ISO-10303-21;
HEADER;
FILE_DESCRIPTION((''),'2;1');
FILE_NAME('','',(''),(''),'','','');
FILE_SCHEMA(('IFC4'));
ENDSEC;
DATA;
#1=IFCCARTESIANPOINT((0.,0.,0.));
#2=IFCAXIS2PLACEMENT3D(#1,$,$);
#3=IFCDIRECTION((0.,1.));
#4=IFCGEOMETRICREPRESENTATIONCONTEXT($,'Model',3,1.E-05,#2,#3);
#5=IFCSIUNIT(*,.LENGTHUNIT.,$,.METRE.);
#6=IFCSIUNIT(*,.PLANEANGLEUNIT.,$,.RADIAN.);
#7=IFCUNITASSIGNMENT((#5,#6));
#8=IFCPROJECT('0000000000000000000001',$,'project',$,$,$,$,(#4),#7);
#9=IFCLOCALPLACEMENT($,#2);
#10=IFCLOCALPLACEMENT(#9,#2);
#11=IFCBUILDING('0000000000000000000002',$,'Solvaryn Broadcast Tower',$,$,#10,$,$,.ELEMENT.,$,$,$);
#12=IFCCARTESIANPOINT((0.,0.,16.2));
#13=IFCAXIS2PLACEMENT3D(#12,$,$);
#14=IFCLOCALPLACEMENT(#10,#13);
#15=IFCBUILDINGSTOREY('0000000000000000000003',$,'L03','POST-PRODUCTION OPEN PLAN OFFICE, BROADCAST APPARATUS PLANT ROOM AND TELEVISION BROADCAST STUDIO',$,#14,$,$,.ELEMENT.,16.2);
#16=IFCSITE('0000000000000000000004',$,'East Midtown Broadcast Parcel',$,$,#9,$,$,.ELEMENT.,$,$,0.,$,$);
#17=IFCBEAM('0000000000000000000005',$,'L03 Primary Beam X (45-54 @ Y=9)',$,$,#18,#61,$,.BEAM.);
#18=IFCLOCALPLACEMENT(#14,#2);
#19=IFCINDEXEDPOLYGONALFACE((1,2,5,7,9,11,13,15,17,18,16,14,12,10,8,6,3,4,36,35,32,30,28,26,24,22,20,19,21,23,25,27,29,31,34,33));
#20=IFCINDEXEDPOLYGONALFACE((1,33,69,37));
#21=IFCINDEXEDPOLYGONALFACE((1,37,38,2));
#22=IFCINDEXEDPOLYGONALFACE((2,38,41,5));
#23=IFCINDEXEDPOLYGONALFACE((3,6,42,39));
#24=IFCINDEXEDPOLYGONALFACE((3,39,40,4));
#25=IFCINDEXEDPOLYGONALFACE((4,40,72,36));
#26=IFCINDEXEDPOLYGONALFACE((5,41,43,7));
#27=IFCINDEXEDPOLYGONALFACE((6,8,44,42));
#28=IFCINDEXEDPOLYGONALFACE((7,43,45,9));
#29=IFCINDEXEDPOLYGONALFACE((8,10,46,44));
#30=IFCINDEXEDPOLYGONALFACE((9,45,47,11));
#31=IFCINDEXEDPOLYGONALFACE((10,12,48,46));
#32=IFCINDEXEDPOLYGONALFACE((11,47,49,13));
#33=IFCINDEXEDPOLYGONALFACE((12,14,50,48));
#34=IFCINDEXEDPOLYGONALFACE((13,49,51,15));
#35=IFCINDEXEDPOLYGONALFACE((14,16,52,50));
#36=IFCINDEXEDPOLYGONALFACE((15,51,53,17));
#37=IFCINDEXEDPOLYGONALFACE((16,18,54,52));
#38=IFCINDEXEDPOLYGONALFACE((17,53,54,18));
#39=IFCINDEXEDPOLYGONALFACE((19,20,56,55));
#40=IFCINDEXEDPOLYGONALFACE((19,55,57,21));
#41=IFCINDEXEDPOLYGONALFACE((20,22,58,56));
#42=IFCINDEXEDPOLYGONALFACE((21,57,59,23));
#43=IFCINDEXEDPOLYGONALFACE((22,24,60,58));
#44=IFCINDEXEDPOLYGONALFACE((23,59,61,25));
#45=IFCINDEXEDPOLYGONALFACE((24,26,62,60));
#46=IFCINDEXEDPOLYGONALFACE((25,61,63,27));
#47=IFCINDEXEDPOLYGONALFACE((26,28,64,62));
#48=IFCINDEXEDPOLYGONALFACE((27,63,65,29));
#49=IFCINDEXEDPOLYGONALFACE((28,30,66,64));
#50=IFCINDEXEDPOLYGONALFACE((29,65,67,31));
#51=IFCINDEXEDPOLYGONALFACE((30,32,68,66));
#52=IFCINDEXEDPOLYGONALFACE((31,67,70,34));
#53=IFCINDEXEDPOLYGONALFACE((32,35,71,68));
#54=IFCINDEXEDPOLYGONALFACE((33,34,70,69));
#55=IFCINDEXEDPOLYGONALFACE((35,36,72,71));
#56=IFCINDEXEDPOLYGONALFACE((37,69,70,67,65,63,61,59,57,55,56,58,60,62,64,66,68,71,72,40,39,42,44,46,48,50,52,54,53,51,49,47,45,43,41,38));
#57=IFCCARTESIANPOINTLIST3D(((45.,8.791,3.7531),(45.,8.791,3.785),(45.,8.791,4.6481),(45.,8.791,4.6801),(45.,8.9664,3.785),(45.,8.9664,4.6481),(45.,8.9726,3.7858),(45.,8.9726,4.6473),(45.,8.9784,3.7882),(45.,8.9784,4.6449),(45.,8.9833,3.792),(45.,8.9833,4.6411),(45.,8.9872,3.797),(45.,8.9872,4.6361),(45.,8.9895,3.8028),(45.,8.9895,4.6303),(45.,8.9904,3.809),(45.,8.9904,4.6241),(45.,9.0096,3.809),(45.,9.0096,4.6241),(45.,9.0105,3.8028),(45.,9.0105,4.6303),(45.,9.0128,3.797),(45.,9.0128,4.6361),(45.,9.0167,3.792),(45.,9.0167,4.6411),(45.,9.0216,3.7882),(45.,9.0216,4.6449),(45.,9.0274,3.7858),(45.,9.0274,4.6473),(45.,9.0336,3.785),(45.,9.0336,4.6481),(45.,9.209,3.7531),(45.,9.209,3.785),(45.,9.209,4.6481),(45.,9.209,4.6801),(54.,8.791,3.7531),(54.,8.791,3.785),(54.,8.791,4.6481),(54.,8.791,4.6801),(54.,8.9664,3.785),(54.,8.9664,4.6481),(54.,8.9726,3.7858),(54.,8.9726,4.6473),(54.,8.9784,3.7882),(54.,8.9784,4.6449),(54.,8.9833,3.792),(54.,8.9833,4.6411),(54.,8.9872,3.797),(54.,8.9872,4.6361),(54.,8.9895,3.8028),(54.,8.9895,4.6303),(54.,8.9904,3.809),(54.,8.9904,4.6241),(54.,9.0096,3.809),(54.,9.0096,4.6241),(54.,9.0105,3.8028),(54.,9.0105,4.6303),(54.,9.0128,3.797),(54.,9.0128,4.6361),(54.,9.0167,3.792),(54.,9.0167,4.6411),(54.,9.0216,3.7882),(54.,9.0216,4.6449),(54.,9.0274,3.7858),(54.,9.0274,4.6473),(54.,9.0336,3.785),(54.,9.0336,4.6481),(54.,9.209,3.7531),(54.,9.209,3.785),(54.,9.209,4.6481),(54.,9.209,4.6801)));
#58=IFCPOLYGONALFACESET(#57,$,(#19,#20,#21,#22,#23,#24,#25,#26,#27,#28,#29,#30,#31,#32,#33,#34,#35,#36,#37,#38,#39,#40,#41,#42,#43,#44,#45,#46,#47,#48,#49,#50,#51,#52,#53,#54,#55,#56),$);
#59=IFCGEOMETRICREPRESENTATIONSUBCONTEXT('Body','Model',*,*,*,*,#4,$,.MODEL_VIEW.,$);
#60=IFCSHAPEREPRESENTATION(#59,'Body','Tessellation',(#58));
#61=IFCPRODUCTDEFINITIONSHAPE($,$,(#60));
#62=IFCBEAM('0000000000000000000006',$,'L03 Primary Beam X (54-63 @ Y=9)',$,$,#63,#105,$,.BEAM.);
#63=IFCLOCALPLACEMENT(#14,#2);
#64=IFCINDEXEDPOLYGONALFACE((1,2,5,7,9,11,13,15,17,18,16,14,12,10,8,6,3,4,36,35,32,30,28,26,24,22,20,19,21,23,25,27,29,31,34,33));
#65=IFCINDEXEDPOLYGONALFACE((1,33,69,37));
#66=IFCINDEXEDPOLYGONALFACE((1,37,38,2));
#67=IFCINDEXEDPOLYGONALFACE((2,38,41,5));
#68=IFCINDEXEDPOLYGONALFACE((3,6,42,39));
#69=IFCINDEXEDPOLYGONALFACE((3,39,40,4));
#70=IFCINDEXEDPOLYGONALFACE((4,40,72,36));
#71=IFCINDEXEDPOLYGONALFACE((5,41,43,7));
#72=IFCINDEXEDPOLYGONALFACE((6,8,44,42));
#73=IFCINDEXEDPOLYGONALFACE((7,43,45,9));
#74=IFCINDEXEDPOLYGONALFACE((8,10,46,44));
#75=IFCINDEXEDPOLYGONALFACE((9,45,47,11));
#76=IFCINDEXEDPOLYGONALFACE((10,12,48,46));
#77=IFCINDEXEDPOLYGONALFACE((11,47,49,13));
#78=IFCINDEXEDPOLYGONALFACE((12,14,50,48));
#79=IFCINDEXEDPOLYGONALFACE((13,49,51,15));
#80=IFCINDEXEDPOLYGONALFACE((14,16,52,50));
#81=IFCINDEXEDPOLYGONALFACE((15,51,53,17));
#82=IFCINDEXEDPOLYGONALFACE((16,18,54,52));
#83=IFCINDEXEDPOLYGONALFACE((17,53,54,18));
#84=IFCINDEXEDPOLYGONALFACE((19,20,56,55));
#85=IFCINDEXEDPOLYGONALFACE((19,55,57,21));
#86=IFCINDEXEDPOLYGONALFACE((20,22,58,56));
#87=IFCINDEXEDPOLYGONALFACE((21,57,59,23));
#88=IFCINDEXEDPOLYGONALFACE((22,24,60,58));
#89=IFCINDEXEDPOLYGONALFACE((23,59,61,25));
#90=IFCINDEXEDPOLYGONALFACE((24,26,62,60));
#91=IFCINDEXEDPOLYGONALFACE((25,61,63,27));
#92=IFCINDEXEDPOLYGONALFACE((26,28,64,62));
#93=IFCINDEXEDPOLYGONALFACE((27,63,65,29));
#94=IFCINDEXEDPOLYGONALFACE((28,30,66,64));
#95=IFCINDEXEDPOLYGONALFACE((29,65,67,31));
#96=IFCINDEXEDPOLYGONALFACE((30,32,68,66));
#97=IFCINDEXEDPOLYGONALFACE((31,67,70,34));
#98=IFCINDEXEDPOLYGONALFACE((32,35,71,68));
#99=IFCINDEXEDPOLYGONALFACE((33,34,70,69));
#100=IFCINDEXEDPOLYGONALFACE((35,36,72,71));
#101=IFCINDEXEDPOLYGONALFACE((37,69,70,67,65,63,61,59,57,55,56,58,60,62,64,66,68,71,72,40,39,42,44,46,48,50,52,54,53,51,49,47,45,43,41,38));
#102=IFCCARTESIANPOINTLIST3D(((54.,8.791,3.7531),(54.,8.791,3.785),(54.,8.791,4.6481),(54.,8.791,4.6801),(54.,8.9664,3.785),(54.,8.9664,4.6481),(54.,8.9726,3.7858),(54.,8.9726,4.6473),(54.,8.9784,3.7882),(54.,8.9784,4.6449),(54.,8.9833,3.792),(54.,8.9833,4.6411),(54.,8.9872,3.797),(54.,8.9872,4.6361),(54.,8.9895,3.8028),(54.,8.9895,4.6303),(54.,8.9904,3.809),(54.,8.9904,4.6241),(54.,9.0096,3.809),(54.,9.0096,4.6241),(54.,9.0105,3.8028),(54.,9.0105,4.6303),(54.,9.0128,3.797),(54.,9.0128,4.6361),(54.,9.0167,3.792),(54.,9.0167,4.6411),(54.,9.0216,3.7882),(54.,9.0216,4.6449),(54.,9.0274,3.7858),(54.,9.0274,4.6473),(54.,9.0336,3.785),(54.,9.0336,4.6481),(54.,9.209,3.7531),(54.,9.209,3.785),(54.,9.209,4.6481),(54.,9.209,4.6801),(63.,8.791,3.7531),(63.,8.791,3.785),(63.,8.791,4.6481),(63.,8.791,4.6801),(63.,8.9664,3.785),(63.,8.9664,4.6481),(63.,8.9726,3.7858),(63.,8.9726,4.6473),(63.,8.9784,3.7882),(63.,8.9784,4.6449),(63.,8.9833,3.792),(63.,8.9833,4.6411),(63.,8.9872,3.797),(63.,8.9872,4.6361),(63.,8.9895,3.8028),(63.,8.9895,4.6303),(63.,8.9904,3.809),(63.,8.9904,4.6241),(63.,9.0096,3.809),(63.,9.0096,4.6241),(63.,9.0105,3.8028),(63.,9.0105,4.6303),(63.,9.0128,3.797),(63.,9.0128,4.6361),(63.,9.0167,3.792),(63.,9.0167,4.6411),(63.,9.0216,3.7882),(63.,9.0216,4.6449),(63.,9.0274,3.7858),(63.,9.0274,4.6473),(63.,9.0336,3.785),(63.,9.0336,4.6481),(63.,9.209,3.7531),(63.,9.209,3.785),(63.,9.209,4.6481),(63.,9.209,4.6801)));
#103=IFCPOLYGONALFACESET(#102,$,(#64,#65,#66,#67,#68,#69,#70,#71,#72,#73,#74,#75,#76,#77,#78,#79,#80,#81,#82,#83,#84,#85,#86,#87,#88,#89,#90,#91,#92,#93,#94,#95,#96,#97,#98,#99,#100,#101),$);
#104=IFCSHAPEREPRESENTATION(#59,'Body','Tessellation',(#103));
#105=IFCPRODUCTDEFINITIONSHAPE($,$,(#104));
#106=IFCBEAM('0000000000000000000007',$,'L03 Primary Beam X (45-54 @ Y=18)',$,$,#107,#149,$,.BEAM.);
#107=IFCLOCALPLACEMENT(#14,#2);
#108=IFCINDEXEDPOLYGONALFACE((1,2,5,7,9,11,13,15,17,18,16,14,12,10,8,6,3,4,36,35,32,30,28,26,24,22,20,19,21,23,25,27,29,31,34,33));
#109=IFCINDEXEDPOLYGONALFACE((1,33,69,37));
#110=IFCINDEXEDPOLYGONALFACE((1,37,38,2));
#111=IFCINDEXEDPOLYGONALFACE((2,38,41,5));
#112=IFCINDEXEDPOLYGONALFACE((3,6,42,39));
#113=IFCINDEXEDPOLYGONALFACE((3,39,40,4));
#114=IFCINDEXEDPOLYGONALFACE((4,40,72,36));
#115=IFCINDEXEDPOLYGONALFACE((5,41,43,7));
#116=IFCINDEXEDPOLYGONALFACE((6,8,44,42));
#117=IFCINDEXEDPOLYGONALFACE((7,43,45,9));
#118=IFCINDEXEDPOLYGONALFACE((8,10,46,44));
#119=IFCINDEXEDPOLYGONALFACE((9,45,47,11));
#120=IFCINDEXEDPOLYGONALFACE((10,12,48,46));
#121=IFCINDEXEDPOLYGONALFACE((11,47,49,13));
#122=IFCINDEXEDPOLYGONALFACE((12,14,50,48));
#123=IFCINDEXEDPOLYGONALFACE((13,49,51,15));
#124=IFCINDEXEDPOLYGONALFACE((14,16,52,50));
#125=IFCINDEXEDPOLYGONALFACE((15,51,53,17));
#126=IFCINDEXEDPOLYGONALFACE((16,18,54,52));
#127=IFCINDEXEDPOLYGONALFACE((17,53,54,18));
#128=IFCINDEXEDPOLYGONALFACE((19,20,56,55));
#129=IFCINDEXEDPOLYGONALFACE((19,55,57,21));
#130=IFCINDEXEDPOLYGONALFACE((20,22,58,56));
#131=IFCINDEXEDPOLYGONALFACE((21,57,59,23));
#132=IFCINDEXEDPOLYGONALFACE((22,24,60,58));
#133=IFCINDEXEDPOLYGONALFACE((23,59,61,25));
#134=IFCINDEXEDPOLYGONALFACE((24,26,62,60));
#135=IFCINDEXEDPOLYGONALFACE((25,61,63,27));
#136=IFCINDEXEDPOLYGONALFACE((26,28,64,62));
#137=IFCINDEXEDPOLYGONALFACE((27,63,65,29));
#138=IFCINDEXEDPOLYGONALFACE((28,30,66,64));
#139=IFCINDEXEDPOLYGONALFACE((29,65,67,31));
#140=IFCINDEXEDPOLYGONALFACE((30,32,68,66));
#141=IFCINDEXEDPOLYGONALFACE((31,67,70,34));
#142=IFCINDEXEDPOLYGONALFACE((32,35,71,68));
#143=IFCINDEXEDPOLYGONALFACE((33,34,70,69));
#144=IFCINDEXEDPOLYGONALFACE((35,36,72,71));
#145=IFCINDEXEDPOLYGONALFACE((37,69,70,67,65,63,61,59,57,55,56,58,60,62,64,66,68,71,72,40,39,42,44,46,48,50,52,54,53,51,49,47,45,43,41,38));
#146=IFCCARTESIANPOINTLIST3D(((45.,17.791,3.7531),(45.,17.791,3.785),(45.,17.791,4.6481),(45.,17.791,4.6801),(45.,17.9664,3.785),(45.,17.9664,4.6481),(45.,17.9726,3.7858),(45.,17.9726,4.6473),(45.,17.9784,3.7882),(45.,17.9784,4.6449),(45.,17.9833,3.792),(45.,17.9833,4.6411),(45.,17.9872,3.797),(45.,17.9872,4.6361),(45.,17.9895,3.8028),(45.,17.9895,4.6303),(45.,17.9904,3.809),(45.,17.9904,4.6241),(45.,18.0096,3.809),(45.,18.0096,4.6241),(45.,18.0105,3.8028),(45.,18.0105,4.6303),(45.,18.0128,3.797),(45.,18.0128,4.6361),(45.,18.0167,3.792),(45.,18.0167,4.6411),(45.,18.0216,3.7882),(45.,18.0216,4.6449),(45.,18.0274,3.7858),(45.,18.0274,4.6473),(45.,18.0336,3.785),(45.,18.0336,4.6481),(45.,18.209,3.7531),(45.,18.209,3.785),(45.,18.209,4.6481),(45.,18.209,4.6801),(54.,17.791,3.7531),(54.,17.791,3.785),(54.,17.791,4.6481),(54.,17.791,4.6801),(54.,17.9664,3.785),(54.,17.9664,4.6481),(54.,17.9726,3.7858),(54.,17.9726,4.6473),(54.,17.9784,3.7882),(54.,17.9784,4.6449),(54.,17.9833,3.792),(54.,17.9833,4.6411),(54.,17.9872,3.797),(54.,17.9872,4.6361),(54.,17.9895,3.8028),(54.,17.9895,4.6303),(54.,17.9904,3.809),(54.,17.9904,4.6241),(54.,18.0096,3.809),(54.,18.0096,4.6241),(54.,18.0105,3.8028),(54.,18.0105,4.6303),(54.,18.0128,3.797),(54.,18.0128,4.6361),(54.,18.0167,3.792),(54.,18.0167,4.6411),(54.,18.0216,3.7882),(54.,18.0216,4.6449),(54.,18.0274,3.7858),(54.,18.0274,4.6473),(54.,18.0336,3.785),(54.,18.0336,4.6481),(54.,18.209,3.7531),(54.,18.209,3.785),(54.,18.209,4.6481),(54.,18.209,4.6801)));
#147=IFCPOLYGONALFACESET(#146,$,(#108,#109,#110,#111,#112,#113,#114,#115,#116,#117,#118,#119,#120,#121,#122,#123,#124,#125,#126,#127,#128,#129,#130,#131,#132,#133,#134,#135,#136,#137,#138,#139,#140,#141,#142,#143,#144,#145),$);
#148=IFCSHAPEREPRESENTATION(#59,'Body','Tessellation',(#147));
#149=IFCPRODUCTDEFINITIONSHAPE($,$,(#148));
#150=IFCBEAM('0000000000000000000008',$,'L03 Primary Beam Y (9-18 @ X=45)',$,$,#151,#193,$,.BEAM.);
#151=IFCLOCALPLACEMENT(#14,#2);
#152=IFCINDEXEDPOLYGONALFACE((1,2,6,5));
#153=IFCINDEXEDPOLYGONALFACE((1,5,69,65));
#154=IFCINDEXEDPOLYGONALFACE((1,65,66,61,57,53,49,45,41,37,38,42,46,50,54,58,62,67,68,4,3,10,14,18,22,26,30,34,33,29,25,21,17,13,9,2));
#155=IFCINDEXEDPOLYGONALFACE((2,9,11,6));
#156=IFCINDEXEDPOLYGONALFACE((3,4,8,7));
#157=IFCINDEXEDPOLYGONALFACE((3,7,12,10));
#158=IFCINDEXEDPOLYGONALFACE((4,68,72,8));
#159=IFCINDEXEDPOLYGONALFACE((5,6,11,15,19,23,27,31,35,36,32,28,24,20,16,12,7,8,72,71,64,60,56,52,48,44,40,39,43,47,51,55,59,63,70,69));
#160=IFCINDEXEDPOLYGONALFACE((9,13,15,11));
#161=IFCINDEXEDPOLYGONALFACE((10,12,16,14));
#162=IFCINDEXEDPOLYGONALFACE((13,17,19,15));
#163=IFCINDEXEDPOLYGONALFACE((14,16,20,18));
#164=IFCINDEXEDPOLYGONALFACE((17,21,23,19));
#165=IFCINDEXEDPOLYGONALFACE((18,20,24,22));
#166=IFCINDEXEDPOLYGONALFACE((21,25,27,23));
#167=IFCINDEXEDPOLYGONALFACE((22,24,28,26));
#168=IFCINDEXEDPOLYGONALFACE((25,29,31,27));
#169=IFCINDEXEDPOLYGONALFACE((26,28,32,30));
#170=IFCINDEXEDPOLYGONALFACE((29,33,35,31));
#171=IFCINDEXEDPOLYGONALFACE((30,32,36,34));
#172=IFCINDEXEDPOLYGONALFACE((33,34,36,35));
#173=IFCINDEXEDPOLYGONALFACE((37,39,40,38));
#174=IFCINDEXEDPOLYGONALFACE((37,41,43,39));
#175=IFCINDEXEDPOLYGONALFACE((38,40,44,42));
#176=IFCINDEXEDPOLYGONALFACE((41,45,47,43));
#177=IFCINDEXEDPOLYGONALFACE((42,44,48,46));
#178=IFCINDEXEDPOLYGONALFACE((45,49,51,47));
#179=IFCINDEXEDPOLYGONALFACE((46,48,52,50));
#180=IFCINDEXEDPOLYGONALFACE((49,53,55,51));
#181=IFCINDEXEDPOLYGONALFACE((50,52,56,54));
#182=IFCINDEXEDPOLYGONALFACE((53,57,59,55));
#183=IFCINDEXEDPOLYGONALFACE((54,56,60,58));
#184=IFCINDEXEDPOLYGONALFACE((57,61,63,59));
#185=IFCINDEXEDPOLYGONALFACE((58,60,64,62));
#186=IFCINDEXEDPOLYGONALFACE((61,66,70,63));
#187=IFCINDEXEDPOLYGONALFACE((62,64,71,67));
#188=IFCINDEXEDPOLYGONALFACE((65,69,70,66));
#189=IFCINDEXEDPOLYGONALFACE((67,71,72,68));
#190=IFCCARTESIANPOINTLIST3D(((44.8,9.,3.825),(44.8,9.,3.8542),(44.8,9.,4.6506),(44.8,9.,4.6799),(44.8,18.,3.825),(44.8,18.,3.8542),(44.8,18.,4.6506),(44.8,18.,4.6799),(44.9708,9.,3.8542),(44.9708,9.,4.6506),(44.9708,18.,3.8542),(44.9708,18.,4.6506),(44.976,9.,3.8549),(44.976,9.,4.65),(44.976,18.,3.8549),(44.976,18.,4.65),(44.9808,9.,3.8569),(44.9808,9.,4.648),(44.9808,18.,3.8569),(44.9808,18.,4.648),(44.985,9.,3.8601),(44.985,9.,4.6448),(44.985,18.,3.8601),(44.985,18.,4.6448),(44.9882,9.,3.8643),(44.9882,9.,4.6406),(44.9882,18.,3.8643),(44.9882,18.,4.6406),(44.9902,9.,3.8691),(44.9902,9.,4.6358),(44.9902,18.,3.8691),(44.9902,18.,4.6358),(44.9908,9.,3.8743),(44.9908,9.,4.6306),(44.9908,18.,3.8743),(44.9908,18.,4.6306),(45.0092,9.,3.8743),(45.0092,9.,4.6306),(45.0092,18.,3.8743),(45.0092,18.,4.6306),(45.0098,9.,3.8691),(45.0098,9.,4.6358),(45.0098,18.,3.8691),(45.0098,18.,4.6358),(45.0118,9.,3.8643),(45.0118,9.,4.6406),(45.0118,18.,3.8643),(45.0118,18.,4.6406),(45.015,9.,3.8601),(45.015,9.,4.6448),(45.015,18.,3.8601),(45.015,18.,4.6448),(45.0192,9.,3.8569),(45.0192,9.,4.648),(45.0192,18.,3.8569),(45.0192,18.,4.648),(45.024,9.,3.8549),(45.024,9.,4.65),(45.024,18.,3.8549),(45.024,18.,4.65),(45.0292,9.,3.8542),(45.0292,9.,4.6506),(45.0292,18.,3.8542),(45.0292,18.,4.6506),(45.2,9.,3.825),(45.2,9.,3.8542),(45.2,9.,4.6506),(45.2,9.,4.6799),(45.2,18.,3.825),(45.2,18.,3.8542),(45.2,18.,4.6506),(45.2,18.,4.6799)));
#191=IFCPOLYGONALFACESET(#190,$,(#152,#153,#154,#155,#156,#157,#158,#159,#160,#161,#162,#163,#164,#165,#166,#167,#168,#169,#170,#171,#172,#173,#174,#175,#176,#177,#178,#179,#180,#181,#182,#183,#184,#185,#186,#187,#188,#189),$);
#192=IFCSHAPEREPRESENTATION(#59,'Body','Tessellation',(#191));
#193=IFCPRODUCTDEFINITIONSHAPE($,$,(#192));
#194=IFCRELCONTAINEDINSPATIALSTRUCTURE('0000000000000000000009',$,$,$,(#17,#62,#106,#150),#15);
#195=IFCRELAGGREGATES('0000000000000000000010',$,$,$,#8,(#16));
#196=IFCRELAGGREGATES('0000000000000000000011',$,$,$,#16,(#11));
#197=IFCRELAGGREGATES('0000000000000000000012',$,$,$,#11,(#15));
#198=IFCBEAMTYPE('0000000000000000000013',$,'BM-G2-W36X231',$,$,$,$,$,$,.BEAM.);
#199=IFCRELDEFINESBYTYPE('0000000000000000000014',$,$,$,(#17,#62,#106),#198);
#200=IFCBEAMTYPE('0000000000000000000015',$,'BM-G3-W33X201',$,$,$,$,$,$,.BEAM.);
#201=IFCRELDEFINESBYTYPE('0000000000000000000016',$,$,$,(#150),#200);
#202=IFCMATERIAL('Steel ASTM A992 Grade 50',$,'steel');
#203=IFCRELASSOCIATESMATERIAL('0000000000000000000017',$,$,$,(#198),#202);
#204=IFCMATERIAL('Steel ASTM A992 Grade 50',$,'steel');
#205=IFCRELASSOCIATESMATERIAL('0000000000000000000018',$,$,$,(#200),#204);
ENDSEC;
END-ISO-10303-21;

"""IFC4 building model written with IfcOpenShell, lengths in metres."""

from ifc_helpers import new_model, si_unit, direction, frame, origin, origin_2d, place, context, subcontext, project, spatial, i_section, extrude, material, material_profile, profile_set, type_object, element, save


model = new_model("IFC4")

# Units and contexts
model_context = context("Model", 3, precision=1e-05, world=origin(), true_north=direction((0.0, 1.0)))
body_context = subcontext(model_context, "Body", "Model", "MODEL_VIEW")
ifc_project = project(units=[si_unit("LENGTHUNIT", "METRE"), si_unit("PLANEANGLEUNIT", "RADIAN")], contexts=[model_context])

# Site, building, storey
site_placement = place(None, origin())
site = spatial("IfcSite", under=ifc_project, at=site_placement, Name="East Midtown Broadcast Parcel", CompositionType="ELEMENT", RefElevation=0.0)
building_placement = place(site_placement, origin())
building = spatial("IfcBuilding", under=site, at=building_placement, Name="Solvaryn Broadcast Tower", CompositionType="ELEMENT")
storey_placement = place(building_placement, frame((0.0, 0.0, 16.2)))
storey = spatial("IfcBuildingStorey", under=building, at=storey_placement, Name="L03", Description="POST-PRODUCTION OPEN PLAN OFFICE, BROADCAST APPARATUS PLANT ROOM AND TELEVISION BROADCAST STUDIO", CompositionType="ELEMENT", Elevation=16.2)

# Beams
ifc_material_1 = material(Name="Steel ASTM A992 Grade 50", Category="steel")
ifc_material_profile_1 = material_profile(ifc_material_1, i_section(OverallWidth=0.418, OverallDepth=0.927, WebThickness=0.0193, FlangeThickness=0.032, FilletRadius=0.0239, at=origin_2d()))
ifc_profile_set_1 = profile_set([ifc_material_profile_1], Name="Steel ASTM A992 Grade 50")
beam_type_1 = type_object("IfcBeamType", Name="BM-G2-W36X231", PredefinedType="BEAM", material=ifc_profile_set_1)
for number, where, z_axis, x_axis, name in (
    (1, (45.0, 9.0, 4.2166), (1.0, 0.0, 0.0), (0.0, 1.0, 0.0), "L03 Primary Beam X (45-54 @ Y=9)"),
    (2, (54.0, 9.0, 4.2166), (1.0, 0.0, 0.0), (0.0, 1.0, 0.0), "L03 Primary Beam X (54-63 @ Y=9)"),
    (3, (45.0, 18.0, 4.2166), (1.0, 0.0, 0.0), (0.0, 1.0, 0.0), "L03 Primary Beam X (45-54 @ Y=18)"),
):
    element("IfcBeam", number, at=place(storey_placement, frame(where, z_axis=z_axis, x_axis=x_axis)), inside=storey, type_object=beam_type_1, Name=name, PredefinedType="BEAM", context=body_context, shape_type="SweptSolid", body=[
        extrude(i_section(OverallWidth=0.418, OverallDepth=0.927, WebThickness=0.0193, FlangeThickness=0.032, FilletRadius=0.0239, at=origin_2d()), origin(), (0.0, 0.0, 1.0), 9.0),
    ])
ifc_material_2 = material(Name="Steel ASTM A992 Grade 50", Category="steel")
ifc_material_profile_2 = material_profile(ifc_material_2, i_section(OverallWidth=0.3999, OverallDepth=0.855, WebThickness=0.0183, FlangeThickness=0.0293, FilletRadius=0.02, at=origin_2d()))
ifc_profile_set_2 = profile_set([ifc_material_profile_2], Name="Steel ASTM A992 Grade 50")
beam_type_2 = type_object("IfcBeamType", Name="BM-G3-W33X201", PredefinedType="BEAM", material=ifc_profile_set_2)
for number, where, z_axis, x_axis, name in (
    (4, (45.0, 9.0, 4.2524), (0.0, 1.0, 0.0), (-1.0, 0.0, 0.0), "L03 Primary Beam Y (9-18 @ X=45)"),
):
    element("IfcBeam", number, at=place(storey_placement, frame(where, z_axis=z_axis, x_axis=x_axis)), inside=storey, type_object=beam_type_2, Name=name, PredefinedType="BEAM", context=body_context, shape_type="SweptSolid", body=[
        extrude(i_section(OverallWidth=0.3999, OverallDepth=0.855, WebThickness=0.0183, FlangeThickness=0.0293, FilletRadius=0.02, at=origin_2d()), origin(), (0.0, 0.0, 1.0), 9.0),
    ])

save(model, "model.ifc")
